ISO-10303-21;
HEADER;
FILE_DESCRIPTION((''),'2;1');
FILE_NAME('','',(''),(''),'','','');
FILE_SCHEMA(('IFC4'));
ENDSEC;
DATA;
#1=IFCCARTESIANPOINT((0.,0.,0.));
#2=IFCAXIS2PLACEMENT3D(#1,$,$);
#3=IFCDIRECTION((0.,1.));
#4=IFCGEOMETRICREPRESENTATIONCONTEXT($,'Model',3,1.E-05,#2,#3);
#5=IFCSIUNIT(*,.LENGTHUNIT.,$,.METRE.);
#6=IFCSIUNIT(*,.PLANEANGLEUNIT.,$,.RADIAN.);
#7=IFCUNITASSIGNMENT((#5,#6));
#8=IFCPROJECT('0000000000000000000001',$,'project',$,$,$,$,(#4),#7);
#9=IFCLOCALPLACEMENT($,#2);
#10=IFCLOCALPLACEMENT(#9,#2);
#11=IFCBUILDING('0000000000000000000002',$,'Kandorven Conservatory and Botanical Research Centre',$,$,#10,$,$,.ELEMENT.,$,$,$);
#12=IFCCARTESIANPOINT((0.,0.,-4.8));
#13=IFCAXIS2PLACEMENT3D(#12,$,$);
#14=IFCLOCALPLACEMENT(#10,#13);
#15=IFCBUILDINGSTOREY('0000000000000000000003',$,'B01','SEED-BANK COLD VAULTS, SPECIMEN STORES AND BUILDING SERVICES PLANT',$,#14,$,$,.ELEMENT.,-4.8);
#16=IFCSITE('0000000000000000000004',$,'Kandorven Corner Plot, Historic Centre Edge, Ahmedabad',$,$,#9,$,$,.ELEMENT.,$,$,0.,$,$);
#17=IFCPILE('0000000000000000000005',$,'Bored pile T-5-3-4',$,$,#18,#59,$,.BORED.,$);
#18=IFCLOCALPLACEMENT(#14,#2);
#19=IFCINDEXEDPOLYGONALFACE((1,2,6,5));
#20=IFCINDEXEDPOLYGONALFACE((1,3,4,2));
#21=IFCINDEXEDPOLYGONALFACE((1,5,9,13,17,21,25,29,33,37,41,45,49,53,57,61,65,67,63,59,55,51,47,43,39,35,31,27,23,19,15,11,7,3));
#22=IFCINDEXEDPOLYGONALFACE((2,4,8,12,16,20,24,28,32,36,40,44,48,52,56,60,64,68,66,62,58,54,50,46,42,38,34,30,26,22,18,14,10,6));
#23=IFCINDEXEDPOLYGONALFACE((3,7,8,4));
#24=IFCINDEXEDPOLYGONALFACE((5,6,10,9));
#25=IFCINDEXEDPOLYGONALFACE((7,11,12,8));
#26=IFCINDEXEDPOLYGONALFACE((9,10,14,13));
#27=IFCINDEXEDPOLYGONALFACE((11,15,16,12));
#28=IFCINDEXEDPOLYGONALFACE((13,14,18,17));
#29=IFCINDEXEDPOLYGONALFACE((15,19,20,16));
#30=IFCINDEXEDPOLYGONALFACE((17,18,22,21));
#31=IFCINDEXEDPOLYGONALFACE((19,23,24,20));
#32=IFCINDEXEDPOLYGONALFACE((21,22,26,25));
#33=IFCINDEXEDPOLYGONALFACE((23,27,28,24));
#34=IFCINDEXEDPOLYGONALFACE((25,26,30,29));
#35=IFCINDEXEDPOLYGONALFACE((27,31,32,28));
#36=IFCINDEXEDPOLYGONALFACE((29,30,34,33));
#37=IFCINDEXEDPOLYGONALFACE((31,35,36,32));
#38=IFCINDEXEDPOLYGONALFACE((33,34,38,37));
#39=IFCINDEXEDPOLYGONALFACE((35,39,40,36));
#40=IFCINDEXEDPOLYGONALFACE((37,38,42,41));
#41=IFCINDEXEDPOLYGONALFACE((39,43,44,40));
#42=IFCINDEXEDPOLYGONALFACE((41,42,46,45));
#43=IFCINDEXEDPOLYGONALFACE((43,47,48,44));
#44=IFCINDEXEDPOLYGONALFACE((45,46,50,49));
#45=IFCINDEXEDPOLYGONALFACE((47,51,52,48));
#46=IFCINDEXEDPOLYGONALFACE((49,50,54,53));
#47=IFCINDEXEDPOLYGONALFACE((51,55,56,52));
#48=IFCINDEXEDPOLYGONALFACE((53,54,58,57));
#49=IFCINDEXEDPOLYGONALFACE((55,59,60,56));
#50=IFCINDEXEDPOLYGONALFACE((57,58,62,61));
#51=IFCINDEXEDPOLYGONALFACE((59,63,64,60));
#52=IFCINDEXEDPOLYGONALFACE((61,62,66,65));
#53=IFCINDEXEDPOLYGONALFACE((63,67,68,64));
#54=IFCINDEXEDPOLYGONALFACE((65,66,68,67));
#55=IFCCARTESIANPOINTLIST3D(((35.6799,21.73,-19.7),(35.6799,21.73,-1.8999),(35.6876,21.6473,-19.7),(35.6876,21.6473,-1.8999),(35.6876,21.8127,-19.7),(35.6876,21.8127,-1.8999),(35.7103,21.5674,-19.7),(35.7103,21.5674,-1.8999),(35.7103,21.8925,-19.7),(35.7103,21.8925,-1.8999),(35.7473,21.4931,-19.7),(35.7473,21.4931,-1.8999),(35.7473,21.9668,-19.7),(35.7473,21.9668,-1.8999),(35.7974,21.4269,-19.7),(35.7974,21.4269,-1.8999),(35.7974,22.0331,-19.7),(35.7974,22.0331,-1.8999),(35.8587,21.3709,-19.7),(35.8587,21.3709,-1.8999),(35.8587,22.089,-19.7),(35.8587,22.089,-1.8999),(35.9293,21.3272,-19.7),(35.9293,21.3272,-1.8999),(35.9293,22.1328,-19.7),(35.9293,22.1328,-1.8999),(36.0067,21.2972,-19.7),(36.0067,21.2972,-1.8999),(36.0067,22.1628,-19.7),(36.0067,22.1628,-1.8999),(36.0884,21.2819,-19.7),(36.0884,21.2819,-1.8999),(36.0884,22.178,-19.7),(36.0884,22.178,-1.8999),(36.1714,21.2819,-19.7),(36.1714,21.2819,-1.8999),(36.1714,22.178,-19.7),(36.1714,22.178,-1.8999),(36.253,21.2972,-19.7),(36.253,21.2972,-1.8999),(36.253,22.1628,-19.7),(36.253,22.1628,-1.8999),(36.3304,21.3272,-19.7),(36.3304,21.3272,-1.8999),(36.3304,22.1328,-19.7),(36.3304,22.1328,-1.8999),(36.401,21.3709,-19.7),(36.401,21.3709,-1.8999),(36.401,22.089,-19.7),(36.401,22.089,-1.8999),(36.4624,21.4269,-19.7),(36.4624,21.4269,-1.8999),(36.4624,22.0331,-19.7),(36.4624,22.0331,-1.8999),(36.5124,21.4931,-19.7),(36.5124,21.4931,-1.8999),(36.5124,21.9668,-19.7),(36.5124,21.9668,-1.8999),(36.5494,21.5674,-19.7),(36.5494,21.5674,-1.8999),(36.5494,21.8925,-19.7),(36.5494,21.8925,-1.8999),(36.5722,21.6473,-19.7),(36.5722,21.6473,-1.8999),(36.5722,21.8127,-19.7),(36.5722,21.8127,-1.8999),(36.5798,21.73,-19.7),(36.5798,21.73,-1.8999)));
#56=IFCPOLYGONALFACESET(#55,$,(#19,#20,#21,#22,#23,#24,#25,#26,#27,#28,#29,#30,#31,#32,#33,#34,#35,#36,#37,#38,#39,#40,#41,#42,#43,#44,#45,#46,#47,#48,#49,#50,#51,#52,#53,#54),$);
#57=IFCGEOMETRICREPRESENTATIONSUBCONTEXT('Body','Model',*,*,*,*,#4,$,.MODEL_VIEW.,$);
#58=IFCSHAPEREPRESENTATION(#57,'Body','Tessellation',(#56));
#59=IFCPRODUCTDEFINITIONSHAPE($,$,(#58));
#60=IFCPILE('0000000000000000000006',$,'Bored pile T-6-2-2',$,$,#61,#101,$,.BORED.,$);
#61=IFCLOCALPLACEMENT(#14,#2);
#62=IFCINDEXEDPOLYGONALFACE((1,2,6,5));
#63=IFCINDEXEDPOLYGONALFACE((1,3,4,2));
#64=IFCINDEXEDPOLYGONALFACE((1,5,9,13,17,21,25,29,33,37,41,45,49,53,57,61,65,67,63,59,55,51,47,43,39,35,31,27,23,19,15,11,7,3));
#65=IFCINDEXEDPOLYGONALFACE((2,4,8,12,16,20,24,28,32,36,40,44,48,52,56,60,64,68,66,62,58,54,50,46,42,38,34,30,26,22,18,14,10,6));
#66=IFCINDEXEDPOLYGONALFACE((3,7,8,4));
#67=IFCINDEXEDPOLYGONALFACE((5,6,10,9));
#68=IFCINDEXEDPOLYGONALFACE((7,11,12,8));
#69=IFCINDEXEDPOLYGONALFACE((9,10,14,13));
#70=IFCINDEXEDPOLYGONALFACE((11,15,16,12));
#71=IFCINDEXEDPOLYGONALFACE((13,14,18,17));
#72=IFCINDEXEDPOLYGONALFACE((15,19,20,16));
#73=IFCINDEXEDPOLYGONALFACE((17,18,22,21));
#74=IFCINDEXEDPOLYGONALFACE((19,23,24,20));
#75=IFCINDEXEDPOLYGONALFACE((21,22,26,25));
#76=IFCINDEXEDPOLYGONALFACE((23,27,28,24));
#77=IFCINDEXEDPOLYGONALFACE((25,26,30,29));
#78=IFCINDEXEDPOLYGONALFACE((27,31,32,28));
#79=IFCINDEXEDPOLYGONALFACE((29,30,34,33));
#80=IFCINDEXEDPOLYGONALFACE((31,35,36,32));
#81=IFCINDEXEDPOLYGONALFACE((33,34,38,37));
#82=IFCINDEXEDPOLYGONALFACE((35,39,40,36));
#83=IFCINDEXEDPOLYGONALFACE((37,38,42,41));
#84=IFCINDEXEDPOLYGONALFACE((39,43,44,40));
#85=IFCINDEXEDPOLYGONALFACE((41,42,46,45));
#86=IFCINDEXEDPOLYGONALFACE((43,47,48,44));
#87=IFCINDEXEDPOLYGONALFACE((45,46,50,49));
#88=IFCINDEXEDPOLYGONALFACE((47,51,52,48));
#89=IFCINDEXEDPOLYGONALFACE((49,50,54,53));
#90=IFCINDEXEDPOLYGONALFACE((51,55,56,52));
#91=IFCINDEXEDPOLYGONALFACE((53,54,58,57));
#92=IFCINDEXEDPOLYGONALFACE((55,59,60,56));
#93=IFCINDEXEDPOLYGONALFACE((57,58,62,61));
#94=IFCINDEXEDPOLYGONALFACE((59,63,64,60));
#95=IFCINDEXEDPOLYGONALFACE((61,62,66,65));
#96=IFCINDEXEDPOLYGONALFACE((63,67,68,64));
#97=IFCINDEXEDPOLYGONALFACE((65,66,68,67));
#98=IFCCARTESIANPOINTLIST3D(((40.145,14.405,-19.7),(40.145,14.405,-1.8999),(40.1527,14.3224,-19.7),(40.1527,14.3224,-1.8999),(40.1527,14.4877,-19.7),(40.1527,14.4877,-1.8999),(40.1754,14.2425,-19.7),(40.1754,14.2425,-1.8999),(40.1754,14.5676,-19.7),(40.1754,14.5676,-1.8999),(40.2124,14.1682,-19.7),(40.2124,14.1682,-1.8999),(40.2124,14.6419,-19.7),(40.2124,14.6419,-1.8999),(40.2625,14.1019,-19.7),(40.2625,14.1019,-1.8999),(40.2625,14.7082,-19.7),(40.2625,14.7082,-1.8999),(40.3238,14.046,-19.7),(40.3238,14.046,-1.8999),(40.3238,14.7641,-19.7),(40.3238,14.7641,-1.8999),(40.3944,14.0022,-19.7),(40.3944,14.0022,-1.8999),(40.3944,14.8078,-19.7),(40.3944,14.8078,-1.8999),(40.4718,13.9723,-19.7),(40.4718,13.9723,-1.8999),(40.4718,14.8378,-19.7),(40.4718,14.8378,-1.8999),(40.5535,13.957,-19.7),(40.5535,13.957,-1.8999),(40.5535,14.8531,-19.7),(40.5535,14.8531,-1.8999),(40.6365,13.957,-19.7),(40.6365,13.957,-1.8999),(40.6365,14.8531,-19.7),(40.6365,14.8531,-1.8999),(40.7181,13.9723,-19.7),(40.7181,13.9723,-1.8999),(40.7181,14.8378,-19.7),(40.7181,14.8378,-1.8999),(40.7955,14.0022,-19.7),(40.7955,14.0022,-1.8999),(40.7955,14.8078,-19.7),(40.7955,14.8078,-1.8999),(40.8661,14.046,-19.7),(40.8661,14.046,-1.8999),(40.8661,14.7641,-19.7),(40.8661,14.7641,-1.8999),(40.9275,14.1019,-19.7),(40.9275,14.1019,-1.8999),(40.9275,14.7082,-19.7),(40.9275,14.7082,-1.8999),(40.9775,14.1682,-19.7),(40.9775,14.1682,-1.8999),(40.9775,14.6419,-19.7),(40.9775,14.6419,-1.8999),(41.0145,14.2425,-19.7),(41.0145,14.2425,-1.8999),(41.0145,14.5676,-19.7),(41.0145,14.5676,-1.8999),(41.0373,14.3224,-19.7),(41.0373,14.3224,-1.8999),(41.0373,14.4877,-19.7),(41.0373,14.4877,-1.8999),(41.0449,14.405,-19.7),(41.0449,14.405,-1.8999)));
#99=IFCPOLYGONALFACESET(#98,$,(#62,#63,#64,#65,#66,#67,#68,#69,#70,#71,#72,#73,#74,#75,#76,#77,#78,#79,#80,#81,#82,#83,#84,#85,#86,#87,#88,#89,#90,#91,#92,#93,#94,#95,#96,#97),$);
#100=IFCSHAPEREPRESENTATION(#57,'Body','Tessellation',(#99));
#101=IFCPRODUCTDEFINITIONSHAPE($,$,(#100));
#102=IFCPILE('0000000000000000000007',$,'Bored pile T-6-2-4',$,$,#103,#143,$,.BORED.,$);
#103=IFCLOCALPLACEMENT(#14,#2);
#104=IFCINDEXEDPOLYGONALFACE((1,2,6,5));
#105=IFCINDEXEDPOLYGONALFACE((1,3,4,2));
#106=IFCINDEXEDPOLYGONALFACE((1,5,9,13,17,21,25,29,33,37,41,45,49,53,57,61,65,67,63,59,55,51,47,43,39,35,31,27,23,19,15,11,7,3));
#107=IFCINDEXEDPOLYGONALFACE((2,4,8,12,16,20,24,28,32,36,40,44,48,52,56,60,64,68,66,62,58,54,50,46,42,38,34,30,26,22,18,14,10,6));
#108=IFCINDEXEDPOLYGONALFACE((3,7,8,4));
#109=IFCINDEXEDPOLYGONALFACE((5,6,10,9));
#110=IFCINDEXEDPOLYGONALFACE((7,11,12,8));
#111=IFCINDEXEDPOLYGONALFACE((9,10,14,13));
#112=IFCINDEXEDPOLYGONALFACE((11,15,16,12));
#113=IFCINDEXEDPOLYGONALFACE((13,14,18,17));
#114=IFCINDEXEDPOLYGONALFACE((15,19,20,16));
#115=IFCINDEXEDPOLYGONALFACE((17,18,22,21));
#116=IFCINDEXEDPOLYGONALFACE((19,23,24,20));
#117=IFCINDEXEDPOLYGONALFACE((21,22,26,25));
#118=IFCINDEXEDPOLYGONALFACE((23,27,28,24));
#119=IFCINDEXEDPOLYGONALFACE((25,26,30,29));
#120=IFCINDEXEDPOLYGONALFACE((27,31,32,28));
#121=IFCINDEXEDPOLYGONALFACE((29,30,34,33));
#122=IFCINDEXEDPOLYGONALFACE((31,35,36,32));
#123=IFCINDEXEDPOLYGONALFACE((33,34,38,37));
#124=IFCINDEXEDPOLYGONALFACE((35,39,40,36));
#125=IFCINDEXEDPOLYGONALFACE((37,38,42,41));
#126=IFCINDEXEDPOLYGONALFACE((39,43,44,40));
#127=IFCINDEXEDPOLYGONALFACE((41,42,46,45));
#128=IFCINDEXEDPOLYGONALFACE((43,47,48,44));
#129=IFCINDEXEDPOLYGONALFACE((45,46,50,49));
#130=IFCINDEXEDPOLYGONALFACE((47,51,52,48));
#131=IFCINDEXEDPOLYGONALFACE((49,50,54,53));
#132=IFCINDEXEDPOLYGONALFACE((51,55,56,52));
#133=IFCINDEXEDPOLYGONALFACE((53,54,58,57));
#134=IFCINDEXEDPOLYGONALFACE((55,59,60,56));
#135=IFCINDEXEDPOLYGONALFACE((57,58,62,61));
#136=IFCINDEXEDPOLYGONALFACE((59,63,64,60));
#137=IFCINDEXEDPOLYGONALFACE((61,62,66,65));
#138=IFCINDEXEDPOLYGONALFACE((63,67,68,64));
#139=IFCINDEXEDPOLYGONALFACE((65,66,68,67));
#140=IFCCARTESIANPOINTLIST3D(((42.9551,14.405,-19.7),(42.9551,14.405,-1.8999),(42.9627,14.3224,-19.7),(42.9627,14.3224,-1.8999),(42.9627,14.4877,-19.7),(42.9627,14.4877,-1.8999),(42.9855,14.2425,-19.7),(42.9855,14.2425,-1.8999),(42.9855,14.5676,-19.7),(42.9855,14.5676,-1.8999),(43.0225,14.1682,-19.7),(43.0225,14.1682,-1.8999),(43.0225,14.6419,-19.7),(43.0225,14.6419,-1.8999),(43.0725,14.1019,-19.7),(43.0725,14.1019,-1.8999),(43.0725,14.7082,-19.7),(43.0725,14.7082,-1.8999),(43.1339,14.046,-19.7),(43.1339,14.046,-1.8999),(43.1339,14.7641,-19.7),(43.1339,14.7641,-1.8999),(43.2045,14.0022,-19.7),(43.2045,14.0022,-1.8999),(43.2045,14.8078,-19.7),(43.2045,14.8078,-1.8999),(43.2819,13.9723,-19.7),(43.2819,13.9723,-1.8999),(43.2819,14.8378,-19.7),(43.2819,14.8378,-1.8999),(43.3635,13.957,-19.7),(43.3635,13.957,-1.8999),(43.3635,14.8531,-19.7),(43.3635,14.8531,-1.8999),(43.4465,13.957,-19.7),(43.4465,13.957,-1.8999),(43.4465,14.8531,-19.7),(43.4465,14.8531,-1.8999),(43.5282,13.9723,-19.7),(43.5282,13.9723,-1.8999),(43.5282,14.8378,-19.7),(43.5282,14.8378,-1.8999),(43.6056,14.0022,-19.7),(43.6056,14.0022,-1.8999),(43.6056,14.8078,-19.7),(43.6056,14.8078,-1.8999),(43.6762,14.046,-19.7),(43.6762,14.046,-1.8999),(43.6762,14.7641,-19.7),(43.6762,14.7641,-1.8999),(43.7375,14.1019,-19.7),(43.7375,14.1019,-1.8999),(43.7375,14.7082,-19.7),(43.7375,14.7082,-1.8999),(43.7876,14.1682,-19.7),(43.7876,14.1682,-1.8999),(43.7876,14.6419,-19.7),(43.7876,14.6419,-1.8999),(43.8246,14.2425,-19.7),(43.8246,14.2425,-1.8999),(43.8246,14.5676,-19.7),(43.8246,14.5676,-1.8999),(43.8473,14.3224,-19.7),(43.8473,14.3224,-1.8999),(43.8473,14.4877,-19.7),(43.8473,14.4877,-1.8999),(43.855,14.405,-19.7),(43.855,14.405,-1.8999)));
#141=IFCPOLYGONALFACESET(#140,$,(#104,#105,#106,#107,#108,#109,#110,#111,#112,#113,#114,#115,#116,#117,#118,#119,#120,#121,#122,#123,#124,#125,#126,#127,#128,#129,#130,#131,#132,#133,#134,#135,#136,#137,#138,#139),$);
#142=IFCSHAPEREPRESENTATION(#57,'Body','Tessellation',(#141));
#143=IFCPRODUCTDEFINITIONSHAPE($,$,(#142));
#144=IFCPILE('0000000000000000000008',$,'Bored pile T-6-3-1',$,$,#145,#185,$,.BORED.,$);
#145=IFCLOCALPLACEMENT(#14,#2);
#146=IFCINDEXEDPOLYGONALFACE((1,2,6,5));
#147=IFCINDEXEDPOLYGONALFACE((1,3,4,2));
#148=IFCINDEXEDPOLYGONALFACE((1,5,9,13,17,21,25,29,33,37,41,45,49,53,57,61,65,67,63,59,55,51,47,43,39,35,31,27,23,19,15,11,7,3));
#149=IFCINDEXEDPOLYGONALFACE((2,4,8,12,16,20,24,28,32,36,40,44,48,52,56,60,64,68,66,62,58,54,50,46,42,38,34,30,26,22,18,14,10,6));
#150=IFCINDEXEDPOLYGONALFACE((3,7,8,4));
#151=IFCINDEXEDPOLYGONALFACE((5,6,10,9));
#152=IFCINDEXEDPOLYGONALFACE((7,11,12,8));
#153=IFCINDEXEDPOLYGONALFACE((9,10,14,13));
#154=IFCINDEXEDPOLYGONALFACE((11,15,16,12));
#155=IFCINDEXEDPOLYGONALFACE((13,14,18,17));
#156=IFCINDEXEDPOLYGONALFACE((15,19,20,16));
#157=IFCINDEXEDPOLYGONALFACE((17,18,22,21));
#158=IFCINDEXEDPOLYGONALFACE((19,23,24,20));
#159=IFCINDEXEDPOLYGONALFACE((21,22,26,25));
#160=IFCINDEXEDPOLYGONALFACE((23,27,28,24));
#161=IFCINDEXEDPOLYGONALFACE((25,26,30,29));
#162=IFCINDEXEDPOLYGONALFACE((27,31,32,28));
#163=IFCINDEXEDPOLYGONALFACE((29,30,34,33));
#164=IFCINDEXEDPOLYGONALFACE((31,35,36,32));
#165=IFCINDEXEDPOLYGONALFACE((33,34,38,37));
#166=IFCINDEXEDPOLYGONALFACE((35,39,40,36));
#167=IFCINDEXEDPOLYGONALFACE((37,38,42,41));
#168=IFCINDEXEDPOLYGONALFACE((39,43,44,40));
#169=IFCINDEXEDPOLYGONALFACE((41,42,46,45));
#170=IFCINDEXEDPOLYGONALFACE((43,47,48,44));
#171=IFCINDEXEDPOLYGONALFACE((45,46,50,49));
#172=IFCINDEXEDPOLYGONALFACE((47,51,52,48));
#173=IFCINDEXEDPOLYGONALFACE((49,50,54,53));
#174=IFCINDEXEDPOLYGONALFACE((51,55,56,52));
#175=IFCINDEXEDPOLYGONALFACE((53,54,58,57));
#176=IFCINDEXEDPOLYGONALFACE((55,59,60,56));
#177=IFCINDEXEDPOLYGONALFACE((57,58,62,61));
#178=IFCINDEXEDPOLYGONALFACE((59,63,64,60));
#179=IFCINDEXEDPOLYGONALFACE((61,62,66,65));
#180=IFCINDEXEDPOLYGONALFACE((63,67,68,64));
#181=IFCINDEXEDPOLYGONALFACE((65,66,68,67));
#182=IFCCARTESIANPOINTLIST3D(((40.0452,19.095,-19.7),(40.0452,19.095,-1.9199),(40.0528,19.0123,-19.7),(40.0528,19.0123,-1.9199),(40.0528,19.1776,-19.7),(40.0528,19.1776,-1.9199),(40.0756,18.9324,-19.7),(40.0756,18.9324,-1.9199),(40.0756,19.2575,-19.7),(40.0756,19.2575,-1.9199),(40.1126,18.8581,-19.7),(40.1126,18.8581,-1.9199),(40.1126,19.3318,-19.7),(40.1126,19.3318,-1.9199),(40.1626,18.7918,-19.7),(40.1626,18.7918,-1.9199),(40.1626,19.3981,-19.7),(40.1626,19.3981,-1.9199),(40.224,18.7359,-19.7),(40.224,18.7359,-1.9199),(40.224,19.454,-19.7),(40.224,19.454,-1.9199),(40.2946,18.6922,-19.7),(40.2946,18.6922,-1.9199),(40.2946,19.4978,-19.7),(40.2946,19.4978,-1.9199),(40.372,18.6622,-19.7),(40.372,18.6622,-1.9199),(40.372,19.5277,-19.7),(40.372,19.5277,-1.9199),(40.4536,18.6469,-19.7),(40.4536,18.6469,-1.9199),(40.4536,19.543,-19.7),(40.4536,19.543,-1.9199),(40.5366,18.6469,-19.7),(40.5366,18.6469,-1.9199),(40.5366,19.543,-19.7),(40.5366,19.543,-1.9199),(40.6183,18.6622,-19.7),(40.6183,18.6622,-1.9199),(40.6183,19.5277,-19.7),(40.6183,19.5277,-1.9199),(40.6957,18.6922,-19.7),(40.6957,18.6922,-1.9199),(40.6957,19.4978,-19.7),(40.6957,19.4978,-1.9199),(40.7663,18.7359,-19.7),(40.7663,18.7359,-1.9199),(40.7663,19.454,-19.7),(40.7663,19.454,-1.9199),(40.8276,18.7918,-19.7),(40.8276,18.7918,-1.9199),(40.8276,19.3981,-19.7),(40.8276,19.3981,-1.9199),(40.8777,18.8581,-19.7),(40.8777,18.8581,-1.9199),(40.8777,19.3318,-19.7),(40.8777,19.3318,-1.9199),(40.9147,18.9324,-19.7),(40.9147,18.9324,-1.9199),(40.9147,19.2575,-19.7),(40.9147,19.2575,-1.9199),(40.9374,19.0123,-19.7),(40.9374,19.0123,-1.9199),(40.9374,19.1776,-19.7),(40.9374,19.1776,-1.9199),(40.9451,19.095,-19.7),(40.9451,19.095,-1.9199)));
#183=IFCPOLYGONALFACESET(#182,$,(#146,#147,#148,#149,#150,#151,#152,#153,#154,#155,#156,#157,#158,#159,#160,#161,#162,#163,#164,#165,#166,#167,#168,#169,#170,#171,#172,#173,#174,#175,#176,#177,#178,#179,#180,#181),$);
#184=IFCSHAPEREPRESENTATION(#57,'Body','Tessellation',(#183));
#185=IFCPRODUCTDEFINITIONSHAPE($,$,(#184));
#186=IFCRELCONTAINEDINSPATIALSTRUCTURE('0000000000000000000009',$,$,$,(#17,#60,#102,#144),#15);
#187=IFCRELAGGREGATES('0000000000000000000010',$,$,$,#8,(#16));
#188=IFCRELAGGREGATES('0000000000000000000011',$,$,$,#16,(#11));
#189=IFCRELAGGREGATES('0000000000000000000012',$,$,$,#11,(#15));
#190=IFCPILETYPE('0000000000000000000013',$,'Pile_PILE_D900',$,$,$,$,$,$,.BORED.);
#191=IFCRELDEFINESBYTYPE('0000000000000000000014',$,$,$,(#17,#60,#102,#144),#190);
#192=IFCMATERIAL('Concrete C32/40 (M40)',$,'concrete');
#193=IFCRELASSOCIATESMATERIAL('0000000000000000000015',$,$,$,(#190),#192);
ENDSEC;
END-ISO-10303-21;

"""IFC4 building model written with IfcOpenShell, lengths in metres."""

from ifc_helpers import new_model, si_unit, direction, frame, origin, origin_2d, place, context, subcontext, project, spatial, circle, extrude, material, material_profile, profile_set, type_object, element, save


model = new_model("IFC4")

# Units and contexts
model_context = context("Model", 3, precision=1e-05, world=origin(), true_north=direction((0.0, 1.0)))
body_context = subcontext(model_context, "Body", "Model", "MODEL_VIEW")
ifc_project = project(units=[si_unit("LENGTHUNIT", "METRE"), si_unit("PLANEANGLEUNIT", "RADIAN")], contexts=[model_context])

# Site, building, storey
site_placement = place(None, origin())
site = spatial("IfcSite", under=ifc_project, at=site_placement, Name="Kandorven Corner Plot, Historic Centre Edge, Ahmedabad", CompositionType="ELEMENT", RefElevation=0.0)
building_placement = place(site_placement, origin())
building = spatial("IfcBuilding", under=site, at=building_placement, Name="Kandorven Conservatory and Botanical Research Centre", CompositionType="ELEMENT")
storey_placement = place(building_placement, frame((0.0, 0.0, -4.8)))
storey = spatial("IfcBuildingStorey", under=building, at=storey_placement, Name="B01", Description="SEED-BANK COLD VAULTS, SPECIMEN STORES AND BUILDING SERVICES PLANT", CompositionType="ELEMENT", Elevation=-4.8)

# Piles
ifc_material_1 = material(Name="Concrete C32/40 (M40)", Category="concrete")
ifc_material_profile_1 = material_profile(ifc_material_1, circle(Radius=0.45, at=origin_2d()))
ifc_profile_set_1 = profile_set([ifc_material_profile_1], Name="Concrete C32/40 (M40)")
pile_type_1 = type_object("IfcPileType", Name="Pile_PILE_D900", PredefinedType="BORED", material=ifc_profile_set_1)
for number, where, z_axis, x_axis, name in (
    (1, (36.1299, 21.73, -1.8999), (0.0, 0.0, -1.0), (1.0, 0.0, 0.0), "Bored pile T-5-3-4"),
    (2, (40.595, 14.405, -1.8999), (0.0, 0.0, -1.0), (1.0, 0.0, 0.0), "Bored pile T-6-2-2"),
    (3, (43.405, 14.405, -1.8999), (0.0, 0.0, -1.0), (1.0, 0.0, 0.0), "Bored pile T-6-2-4"),
):
    element("IfcPile", number, at=place(storey_placement, frame(where, z_axis=z_axis, x_axis=x_axis)), inside=storey, type_object=pile_type_1, Name=name, PredefinedType="BORED", context=body_context, shape_type="SweptSolid", body=[
        extrude(circle(Radius=0.45, at=origin_2d()), origin(), (0.0, 0.0, 1.0), 17.8),
    ])
for number, where, z_axis, x_axis, name in (
    (4, (40.4951, 19.095, -1.9199), (0.0, 0.0, -1.0), (1.0, 0.0, 0.0), "Bored pile T-6-3-1"),
):
    element("IfcPile", number, at=place(storey_placement, frame(where, z_axis=z_axis, x_axis=x_axis)), inside=storey, type_object=pile_type_1, Name=name, PredefinedType="BORED", context=body_context, shape_type="SweptSolid", body=[
        extrude(circle(Radius=0.45, at=origin_2d()), origin(), (0.0, 0.0, 1.0), 17.78),
    ])

save(model, "model.ifc")
